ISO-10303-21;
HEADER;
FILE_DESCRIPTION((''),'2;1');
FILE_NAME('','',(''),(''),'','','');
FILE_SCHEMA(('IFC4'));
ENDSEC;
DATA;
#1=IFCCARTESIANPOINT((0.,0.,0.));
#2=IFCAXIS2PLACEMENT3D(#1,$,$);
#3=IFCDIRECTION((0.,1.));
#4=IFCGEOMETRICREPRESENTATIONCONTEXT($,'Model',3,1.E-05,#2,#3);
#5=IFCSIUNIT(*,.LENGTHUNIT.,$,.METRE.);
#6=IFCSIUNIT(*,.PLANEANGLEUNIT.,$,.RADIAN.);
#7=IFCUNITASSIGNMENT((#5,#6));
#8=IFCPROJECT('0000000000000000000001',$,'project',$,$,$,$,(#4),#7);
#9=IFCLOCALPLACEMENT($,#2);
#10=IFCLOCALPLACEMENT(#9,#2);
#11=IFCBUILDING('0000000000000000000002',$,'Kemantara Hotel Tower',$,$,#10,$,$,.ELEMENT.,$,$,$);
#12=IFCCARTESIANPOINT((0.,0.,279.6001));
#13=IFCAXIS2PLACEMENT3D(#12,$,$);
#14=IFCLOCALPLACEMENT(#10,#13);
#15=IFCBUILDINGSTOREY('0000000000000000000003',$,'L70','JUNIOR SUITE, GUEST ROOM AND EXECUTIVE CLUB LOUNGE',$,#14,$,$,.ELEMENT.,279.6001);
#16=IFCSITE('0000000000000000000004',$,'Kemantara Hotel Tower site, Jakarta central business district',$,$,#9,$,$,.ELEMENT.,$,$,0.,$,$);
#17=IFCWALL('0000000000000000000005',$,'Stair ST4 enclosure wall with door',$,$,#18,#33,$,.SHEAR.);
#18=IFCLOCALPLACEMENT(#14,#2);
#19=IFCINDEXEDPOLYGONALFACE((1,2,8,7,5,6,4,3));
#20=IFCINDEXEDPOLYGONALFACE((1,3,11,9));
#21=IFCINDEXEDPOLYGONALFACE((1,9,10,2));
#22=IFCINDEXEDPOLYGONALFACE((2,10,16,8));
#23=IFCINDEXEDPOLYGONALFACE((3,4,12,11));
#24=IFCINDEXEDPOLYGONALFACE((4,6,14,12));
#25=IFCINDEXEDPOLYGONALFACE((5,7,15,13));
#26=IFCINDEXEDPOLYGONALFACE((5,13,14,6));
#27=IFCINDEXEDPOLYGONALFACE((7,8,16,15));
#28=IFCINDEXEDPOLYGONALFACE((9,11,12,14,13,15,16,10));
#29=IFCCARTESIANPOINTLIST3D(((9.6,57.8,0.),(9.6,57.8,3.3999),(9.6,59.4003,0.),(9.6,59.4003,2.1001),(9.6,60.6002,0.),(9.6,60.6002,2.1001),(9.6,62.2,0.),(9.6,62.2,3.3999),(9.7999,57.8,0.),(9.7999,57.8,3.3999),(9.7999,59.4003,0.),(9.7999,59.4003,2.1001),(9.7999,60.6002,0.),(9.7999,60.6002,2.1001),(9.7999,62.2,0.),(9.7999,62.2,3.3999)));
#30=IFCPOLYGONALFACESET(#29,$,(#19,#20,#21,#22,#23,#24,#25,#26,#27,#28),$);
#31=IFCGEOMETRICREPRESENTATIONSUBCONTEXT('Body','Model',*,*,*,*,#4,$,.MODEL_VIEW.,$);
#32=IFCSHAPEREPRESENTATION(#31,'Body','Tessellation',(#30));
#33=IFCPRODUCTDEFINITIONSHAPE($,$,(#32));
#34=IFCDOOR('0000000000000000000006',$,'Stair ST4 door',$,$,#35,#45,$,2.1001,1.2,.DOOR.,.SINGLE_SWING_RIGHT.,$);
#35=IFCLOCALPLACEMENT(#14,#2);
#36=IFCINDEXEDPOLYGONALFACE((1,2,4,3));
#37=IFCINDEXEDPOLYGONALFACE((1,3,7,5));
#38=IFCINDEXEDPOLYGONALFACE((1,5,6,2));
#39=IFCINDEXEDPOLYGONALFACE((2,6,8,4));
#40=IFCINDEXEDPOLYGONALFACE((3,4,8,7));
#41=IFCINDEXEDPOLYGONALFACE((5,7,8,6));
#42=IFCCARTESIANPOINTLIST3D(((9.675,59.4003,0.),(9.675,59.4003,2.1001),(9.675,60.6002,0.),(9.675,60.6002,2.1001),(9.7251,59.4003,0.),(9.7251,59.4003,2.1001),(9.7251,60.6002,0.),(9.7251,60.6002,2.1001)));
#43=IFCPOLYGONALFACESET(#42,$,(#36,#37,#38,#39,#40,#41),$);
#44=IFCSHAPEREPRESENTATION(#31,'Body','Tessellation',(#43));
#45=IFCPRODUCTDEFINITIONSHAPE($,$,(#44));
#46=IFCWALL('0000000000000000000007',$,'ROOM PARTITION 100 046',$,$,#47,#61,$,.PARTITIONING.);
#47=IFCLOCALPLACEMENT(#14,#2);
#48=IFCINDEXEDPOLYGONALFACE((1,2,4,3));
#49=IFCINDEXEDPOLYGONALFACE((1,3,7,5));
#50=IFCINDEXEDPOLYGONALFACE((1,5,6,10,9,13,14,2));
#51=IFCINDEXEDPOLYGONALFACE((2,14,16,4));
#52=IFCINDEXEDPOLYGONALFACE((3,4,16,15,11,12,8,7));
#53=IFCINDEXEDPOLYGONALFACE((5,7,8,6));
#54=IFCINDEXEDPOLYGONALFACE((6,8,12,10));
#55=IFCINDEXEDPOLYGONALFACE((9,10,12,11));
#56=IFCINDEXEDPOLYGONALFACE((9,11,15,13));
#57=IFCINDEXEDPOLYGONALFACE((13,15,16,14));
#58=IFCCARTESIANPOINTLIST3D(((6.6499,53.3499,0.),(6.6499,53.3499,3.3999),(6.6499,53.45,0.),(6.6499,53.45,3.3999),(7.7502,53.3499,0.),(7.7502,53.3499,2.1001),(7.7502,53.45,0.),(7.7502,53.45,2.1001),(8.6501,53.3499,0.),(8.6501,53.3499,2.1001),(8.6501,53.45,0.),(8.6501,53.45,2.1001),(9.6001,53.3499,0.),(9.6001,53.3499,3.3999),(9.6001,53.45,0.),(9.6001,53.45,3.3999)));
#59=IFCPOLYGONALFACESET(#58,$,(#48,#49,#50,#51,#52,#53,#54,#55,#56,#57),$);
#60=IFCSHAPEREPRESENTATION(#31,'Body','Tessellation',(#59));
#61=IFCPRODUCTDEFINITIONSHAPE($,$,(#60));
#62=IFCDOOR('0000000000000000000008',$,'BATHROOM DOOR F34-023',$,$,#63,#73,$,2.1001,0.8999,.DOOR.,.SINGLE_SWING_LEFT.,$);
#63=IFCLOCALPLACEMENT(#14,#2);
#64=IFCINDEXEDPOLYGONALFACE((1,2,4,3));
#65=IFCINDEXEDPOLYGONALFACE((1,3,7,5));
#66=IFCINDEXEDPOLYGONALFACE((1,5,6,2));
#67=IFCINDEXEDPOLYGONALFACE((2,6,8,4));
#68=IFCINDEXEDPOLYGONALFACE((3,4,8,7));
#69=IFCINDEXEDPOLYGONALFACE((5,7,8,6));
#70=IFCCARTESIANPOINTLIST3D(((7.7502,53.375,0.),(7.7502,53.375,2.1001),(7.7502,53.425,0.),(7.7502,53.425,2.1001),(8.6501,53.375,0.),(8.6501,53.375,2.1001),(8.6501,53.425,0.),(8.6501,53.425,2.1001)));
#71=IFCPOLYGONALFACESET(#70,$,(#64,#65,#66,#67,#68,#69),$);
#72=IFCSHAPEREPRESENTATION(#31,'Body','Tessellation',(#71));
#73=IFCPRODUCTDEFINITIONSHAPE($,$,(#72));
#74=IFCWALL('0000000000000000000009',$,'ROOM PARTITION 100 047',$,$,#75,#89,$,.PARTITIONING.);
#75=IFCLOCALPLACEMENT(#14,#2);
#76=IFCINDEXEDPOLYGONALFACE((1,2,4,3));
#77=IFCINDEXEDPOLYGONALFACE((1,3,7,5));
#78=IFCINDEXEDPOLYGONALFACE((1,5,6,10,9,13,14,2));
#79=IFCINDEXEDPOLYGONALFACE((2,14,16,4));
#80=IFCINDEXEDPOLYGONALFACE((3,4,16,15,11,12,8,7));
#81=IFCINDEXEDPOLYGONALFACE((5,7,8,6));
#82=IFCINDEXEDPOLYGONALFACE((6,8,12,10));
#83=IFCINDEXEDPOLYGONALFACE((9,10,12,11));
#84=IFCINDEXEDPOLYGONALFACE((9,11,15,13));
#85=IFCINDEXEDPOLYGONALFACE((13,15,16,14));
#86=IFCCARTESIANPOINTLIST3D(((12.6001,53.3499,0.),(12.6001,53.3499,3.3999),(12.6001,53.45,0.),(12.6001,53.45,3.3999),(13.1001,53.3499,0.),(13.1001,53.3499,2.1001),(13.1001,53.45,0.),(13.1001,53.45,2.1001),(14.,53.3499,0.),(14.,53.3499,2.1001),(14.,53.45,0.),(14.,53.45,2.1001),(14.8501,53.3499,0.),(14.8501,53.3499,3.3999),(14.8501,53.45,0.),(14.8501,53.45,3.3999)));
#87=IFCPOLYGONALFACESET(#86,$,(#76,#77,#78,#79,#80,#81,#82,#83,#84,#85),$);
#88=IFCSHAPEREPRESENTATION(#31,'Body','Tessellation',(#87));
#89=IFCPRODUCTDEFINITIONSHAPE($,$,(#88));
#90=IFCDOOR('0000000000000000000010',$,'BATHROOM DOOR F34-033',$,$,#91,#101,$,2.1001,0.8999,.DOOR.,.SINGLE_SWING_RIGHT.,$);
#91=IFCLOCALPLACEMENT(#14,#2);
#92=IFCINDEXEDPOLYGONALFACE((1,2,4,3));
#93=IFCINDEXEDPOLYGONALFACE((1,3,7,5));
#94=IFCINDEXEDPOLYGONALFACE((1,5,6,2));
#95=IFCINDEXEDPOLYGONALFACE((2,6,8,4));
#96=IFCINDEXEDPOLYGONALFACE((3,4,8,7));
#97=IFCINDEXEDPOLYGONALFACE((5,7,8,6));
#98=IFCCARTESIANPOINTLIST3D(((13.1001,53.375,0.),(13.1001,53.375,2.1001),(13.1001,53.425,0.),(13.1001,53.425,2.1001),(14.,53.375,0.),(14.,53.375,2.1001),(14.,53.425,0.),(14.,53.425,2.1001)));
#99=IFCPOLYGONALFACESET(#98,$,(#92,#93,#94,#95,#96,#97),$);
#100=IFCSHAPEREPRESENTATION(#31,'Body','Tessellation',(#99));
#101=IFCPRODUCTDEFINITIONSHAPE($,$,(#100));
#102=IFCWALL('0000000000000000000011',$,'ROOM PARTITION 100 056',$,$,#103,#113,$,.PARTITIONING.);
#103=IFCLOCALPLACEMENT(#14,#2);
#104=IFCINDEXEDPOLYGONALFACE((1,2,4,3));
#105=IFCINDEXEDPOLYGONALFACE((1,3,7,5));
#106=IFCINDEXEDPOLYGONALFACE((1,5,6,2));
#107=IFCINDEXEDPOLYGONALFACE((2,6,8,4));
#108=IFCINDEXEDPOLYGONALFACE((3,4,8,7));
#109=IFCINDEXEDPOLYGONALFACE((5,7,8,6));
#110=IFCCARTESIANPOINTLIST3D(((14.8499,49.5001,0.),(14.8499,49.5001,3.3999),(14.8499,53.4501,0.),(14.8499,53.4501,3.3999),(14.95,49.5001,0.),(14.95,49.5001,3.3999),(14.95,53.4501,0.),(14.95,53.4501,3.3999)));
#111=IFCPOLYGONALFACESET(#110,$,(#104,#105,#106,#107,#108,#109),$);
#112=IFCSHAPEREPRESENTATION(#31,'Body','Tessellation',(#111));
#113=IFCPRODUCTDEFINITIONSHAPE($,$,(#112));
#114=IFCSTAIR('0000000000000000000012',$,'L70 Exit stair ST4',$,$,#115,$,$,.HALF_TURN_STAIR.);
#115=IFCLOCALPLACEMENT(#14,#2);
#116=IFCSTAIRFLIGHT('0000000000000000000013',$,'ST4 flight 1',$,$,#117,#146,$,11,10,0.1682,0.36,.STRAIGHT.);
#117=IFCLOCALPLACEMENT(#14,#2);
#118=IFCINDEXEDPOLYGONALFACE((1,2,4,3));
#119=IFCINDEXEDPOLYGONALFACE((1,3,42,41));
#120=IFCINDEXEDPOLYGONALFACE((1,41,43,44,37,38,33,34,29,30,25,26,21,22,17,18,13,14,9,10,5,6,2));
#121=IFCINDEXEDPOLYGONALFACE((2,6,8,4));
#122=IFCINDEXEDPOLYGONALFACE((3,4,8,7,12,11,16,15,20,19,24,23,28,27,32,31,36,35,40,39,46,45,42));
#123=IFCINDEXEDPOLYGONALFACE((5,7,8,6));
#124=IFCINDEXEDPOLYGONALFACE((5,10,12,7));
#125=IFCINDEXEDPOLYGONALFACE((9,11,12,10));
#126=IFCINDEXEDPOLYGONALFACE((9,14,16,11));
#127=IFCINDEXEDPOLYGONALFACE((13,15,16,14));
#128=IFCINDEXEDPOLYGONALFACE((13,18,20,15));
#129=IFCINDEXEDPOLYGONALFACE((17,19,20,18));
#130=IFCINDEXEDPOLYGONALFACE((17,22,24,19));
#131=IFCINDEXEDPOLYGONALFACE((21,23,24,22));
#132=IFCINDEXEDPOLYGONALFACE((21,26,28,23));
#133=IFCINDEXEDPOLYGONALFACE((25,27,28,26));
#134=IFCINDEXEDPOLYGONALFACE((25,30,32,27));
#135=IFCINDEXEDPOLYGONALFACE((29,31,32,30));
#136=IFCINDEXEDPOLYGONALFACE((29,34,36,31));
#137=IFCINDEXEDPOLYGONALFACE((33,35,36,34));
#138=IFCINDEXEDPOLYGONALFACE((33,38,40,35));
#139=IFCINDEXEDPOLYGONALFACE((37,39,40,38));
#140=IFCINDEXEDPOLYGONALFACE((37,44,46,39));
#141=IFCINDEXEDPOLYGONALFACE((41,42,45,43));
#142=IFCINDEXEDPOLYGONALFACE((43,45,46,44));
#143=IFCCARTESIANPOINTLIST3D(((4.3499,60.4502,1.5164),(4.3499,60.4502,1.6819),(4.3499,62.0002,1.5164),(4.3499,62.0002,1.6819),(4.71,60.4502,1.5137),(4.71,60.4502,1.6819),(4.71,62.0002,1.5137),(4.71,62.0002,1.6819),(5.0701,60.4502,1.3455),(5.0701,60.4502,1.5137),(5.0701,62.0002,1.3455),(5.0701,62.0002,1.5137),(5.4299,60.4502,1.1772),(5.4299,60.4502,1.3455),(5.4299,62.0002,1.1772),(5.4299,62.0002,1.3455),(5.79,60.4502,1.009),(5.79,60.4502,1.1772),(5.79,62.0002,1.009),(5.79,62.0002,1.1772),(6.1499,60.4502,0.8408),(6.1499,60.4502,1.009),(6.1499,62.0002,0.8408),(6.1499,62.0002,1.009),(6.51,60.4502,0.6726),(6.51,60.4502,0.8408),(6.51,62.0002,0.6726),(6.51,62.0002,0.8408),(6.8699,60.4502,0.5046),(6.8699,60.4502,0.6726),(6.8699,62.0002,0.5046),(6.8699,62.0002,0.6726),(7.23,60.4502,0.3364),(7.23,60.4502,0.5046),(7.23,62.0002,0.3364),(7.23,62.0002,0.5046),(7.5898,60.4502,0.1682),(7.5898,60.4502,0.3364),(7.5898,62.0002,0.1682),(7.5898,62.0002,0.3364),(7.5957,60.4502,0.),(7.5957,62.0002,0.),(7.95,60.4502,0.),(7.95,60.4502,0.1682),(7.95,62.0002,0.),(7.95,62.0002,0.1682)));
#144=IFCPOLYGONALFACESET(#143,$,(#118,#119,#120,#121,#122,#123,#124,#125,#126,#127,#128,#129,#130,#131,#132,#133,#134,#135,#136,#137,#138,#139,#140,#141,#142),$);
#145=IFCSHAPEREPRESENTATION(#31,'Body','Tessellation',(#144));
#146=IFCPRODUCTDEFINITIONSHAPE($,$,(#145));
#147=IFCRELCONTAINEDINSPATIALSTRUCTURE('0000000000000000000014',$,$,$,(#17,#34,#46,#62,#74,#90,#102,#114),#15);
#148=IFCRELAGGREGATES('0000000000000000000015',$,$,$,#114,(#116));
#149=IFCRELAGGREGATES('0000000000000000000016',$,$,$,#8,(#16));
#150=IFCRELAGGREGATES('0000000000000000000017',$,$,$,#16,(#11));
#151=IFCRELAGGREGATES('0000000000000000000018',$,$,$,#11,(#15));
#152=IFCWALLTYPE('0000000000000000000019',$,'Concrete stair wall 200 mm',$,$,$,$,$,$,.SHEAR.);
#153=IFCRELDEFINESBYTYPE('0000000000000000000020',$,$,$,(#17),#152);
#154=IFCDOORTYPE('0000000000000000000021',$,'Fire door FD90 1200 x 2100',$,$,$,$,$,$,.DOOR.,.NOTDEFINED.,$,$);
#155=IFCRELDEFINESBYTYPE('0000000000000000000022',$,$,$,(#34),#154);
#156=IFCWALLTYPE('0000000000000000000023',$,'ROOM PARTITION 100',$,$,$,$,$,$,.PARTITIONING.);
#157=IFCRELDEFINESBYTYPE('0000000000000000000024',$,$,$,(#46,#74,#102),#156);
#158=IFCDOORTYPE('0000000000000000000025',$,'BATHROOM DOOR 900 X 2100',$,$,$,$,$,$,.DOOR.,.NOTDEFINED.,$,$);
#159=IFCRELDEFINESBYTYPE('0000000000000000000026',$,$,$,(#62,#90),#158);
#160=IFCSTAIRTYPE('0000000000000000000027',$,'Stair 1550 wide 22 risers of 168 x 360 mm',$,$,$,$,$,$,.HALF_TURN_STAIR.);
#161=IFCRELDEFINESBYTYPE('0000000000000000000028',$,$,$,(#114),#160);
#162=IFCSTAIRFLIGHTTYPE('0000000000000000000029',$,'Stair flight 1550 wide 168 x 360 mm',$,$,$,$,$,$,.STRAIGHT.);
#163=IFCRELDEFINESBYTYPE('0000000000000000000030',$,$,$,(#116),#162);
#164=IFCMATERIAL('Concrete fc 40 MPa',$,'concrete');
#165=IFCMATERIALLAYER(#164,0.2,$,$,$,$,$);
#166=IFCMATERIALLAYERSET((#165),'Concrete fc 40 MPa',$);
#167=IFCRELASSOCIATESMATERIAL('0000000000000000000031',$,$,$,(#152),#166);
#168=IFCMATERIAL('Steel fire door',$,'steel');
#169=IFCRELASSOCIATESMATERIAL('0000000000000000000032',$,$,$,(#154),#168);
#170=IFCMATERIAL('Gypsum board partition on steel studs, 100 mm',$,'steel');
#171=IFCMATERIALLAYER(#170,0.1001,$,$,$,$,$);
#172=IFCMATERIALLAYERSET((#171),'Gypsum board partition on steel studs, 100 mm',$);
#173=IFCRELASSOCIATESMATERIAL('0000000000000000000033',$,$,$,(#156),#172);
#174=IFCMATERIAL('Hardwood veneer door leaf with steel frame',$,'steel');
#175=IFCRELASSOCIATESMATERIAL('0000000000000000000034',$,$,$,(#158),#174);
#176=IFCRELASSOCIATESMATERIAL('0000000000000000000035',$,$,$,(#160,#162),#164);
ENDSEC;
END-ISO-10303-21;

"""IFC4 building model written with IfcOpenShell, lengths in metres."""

from ifc_helpers import new_model, si_unit, direction, frame, frame_2d, origin, place, context, subcontext, project, spatial, polyline, rectangle, outline, extrude, material, layer, layer_set, type_object, element, fill, aggregate, save


model = new_model("IFC4")

# Units and contexts
model_context = context("Model", 3, precision=1e-05, world=origin(), true_north=direction((0.0, 1.0)))
body_context = subcontext(model_context, "Body", "Model", "MODEL_VIEW")
ifc_project = project(units=[si_unit("LENGTHUNIT", "METRE"), si_unit("PLANEANGLEUNIT", "RADIAN")], contexts=[model_context])

# Site, building, storey
site_placement = place(None, origin())
site = spatial("IfcSite", under=ifc_project, at=site_placement, Name="Kemantara Hotel Tower site, Jakarta central business district", CompositionType="ELEMENT", RefElevation=0.0)
building_placement = place(site_placement, origin())
building = spatial("IfcBuilding", under=site, at=building_placement, Name="Kemantara Hotel Tower", CompositionType="ELEMENT")
storey_placement = place(building_placement, frame((0.0, 0.0, 279.6001)))
storey = spatial("IfcBuildingStorey", under=building, at=storey_placement, Name="L70", Description="JUNIOR SUITE, GUEST ROOM AND EXECUTIVE CLUB LOUNGE", CompositionType="ELEMENT", Elevation=279.6001)

# Walls, openings, doors
ifc_material_1 = material(Name="Hardwood veneer door leaf with steel frame", Category="steel")
ifc_material_2 = material(Name="Concrete fc 40 MPa", Category="concrete")
ifc_layer_1 = layer(ifc_material_2, 0.2)
ifc_layer_set_1 = layer_set([ifc_layer_1], Name="Concrete fc 40 MPa")
wall_type_1 = type_object("IfcWallType", Name="Concrete stair wall 200 mm", PredefinedType="SHEAR", material=ifc_layer_set_1)
wall_1_placement = place(storey_placement, frame((9.7, 57.8, 0.0), z_axis=(0.0, 0.0, 1.0), x_axis=(0.0, 1.0, 0.0)))
wall_1 = element("IfcWall", 1, at=wall_1_placement, inside=storey, type_object=wall_type_1, Name="Stair ST4 enclosure wall with door", PredefinedType="SHEAR", context=body_context, shape_type="SweptSolid", body=[
    extrude(rectangle(XDim=4.3999, YDim=0.2, at=frame_2d((2.2, 0.0))), origin(), (0.0, 0.0, 1.0), 3.3999),
])
opening_1_placement = place(wall_1_placement, frame((1.6001, 0.0, 0.0)))
opening_1 = element("IfcOpeningElement", 2, at=opening_1_placement, cuts=wall_1, PredefinedType="OPENING", context=body_context, shape_type="SweptSolid", body=[
    extrude(rectangle(XDim=1.2, YDim=2.1001, at=frame_2d((0.6001, 1.05))), frame((0.0, 0.1099, 0.0), z_axis=(0.0, -1.0, 0.0), x_axis=(1.0, 0.0, 0.0)), (0.0, 0.0, 1.0), 0.22),
])
ifc_material_3 = material(Name="Steel fire door", Category="steel")
door_type_1 = type_object("IfcDoorType", Name="Fire door FD90 1200 x 2100", OperationType="NOTDEFINED", PredefinedType="DOOR", material=ifc_material_3)
door_1_placement = place(opening_1_placement, origin())
door_1 = element("IfcDoor", 3, at=door_1_placement, inside=storey, type_object=door_type_1, Name="Stair ST4 door", OperationType="SINGLE_SWING_RIGHT", OverallHeight=2.1001, OverallWidth=1.2, PredefinedType="DOOR", context=body_context, shape_type="SweptSolid", body=[
    extrude(rectangle(XDim=1.2, YDim=2.1001, at=frame_2d((0.6001, 1.05))), frame((0.0, 0.0249, 0.0), z_axis=(0.0, -1.0, 0.0), x_axis=(1.0, 0.0, 0.0)), (0.0, 0.0, 1.0), 0.05),
])
fill(opening_1, door_1)
ifc_material_4 = material(Name="Gypsum board partition on steel studs, 100 mm", Category="steel")
ifc_layer_2 = layer(ifc_material_4, 0.1001)
ifc_layer_set_2 = layer_set([ifc_layer_2], Name="Gypsum board partition on steel studs, 100 mm")
wall_type_2 = type_object("IfcWallType", Name="ROOM PARTITION 100", PredefinedType="PARTITIONING", material=ifc_layer_set_2)
wall_2_placement = place(storey_placement, frame((9.6001, 53.3999, 0.0), z_axis=(0.0, 0.0, 1.0), x_axis=(-1.0, 0.0, 0.0)))
wall_2 = element("IfcWall", 4, at=wall_2_placement, inside=storey, type_object=wall_type_2, Name="ROOM PARTITION 100 046", PredefinedType="PARTITIONING", context=body_context, shape_type="SweptSolid", body=[
    extrude(rectangle(XDim=2.9502, YDim=0.1001, at=frame_2d((1.4751, 0.0))), origin(), (0.0, 0.0, 1.0), 3.3999),
])
opening_2_placement = place(wall_2_placement, frame((0.95, 0.0, 0.0)))
opening_2 = element("IfcOpeningElement", 5, at=opening_2_placement, cuts=wall_2, PredefinedType="OPENING", context=body_context, shape_type="SweptSolid", body=[
    extrude(rectangle(XDim=0.8999, YDim=2.1001, at=frame_2d((0.45, 1.05))), frame((0.0, 0.0601, 0.0), z_axis=(0.0, -1.0, 0.0), x_axis=(1.0, 0.0, 0.0)), (0.0, 0.0, 1.0), 0.1201),
])
door_type_2 = type_object("IfcDoorType", Name="BATHROOM DOOR 900 X 2100", OperationType="NOTDEFINED", PredefinedType="DOOR", material=ifc_material_1)
door_2_placement = place(opening_2_placement, origin())
door_2 = element("IfcDoor", 6, at=door_2_placement, inside=storey, type_object=door_type_2, Name="BATHROOM DOOR F34-023", OperationType="SINGLE_SWING_LEFT", OverallHeight=2.1001, OverallWidth=0.8999, PredefinedType="DOOR", context=body_context, shape_type="SweptSolid", body=[
    extrude(rectangle(XDim=0.8999, YDim=2.1001, at=frame_2d((0.45, 1.05))), frame((0.0, 0.0249, 0.0), z_axis=(0.0, -1.0, 0.0), x_axis=(1.0, 0.0, 0.0)), (0.0, 0.0, 1.0), 0.05),
])
fill(opening_2, door_2)
wall_3_placement = place(storey_placement, frame((14.8501, 53.3999, 0.0), z_axis=(0.0, 0.0, 1.0), x_axis=(-1.0, 0.0, 0.0)))
wall_3 = element("IfcWall", 7, at=wall_3_placement, inside=storey, type_object=wall_type_2, Name="ROOM PARTITION 100 047", PredefinedType="PARTITIONING", context=body_context, shape_type="SweptSolid", body=[
    extrude(rectangle(XDim=2.25, YDim=0.1001, at=frame_2d((1.125, 0.0))), origin(), (0.0, 0.0, 1.0), 3.3999),
])
opening_3_placement = place(wall_3_placement, frame((0.8501, 0.0, 0.0)))
opening_3 = element("IfcOpeningElement", 8, at=opening_3_placement, cuts=wall_3, PredefinedType="OPENING", context=body_context, shape_type="SweptSolid", body=[
    extrude(rectangle(XDim=0.8999, YDim=2.1001, at=frame_2d((0.45, 1.05))), frame((0.0, 0.0601, 0.0), z_axis=(0.0, -1.0, 0.0), x_axis=(1.0, 0.0, 0.0)), (0.0, 0.0, 1.0), 0.1201),
])
door_3_placement = place(opening_3_placement, origin())
door_3 = element("IfcDoor", 9, at=door_3_placement, inside=storey, type_object=door_type_2, Name="BATHROOM DOOR F34-033", OperationType="SINGLE_SWING_RIGHT", OverallHeight=2.1001, OverallWidth=0.8999, PredefinedType="DOOR", context=body_context, shape_type="SweptSolid", body=[
    extrude(rectangle(XDim=0.8999, YDim=2.1001, at=frame_2d((0.45, 1.05))), frame((0.0, 0.0249, 0.0), z_axis=(0.0, -1.0, 0.0), x_axis=(1.0, 0.0, 0.0)), (0.0, 0.0, 1.0), 0.05),
])
fill(opening_3, door_3)

# Wall
wall_4_placement = place(storey_placement, frame((14.8999, 49.5, 0.0), z_axis=(0.0, 0.0, 1.0), x_axis=(0.0, 1.0, 0.0)))
element("IfcWall", 10, at=wall_4_placement, inside=storey, type_object=wall_type_2, Name="ROOM PARTITION 100 056", PredefinedType="PARTITIONING", context=body_context, shape_type="SweptSolid", body=[
    extrude(rectangle(XDim=3.95, YDim=0.1001, at=frame_2d((1.9751, 0.0))), origin(), (0.0, 0.0, 1.0), 3.3999),
])

# Stair, stair flight
stair_type = type_object("IfcStairType", Name="Stair 1550 wide 22 risers of 168 x 360 mm", PredefinedType="HALF_TURN_STAIR", material=ifc_material_2)
stair_placement = place(storey_placement, origin())
stair = element("IfcStair", 11, at=stair_placement, inside=storey, type_object=stair_type, Name="L70 Exit stair ST4", PredefinedType="HALF_TURN_STAIR")
stair_flight_type = type_object("IfcStairFlightType", Name="Stair flight 1550 wide 168 x 360 mm", PredefinedType="STRAIGHT", material=ifc_material_2)
stair_flight_placement = place(storey_placement, frame((7.95, 61.2251, 0.0), z_axis=(0.0, 0.0, 1.0), x_axis=(-1.0, 0.0, 0.0)))
stair_flight = element("IfcStairFlight", 12, at=stair_flight_placement, type_object=stair_flight_type, Name="ST4 flight 1", NumberOfRisers=11, NumberOfTreads=10, PredefinedType="STRAIGHT", RiserHeight=0.1682, TreadLength=0.36, context=body_context, shape_type="SweptSolid", body=[
    extrude(outline(polyline([(0.0, 0.0), (0.0, 0.1682), (0.3601, 0.1682), (0.3601, 0.3364), (0.72, 0.3364), (0.72, 0.5046), (1.0801, 0.5046), (1.0801, 0.6726), (1.4399, 0.6726), (1.4399, 0.8408), (1.8, 0.8408), (1.8, 1.009), (2.1599, 1.009), (2.1599, 1.1772), (2.52, 1.1772), (2.52, 1.3455), (2.8799, 1.3455), (2.8799, 1.5137), (3.24, 1.5137), (3.24, 1.6819), (3.6001, 1.6819), (3.6001, 1.8501), (3.6001, 1.5164), (0.3542, 0.0), (0.0, 0.0)])), frame((0.0, 0.7749, 0.0), z_axis=(0.0, -1.0, 0.0), x_axis=(1.0, 0.0, 0.0)), (0.0, 0.0, 1.0), 1.55),
])
aggregate(stair, [stair_flight])

save(model, "model.ifc")
